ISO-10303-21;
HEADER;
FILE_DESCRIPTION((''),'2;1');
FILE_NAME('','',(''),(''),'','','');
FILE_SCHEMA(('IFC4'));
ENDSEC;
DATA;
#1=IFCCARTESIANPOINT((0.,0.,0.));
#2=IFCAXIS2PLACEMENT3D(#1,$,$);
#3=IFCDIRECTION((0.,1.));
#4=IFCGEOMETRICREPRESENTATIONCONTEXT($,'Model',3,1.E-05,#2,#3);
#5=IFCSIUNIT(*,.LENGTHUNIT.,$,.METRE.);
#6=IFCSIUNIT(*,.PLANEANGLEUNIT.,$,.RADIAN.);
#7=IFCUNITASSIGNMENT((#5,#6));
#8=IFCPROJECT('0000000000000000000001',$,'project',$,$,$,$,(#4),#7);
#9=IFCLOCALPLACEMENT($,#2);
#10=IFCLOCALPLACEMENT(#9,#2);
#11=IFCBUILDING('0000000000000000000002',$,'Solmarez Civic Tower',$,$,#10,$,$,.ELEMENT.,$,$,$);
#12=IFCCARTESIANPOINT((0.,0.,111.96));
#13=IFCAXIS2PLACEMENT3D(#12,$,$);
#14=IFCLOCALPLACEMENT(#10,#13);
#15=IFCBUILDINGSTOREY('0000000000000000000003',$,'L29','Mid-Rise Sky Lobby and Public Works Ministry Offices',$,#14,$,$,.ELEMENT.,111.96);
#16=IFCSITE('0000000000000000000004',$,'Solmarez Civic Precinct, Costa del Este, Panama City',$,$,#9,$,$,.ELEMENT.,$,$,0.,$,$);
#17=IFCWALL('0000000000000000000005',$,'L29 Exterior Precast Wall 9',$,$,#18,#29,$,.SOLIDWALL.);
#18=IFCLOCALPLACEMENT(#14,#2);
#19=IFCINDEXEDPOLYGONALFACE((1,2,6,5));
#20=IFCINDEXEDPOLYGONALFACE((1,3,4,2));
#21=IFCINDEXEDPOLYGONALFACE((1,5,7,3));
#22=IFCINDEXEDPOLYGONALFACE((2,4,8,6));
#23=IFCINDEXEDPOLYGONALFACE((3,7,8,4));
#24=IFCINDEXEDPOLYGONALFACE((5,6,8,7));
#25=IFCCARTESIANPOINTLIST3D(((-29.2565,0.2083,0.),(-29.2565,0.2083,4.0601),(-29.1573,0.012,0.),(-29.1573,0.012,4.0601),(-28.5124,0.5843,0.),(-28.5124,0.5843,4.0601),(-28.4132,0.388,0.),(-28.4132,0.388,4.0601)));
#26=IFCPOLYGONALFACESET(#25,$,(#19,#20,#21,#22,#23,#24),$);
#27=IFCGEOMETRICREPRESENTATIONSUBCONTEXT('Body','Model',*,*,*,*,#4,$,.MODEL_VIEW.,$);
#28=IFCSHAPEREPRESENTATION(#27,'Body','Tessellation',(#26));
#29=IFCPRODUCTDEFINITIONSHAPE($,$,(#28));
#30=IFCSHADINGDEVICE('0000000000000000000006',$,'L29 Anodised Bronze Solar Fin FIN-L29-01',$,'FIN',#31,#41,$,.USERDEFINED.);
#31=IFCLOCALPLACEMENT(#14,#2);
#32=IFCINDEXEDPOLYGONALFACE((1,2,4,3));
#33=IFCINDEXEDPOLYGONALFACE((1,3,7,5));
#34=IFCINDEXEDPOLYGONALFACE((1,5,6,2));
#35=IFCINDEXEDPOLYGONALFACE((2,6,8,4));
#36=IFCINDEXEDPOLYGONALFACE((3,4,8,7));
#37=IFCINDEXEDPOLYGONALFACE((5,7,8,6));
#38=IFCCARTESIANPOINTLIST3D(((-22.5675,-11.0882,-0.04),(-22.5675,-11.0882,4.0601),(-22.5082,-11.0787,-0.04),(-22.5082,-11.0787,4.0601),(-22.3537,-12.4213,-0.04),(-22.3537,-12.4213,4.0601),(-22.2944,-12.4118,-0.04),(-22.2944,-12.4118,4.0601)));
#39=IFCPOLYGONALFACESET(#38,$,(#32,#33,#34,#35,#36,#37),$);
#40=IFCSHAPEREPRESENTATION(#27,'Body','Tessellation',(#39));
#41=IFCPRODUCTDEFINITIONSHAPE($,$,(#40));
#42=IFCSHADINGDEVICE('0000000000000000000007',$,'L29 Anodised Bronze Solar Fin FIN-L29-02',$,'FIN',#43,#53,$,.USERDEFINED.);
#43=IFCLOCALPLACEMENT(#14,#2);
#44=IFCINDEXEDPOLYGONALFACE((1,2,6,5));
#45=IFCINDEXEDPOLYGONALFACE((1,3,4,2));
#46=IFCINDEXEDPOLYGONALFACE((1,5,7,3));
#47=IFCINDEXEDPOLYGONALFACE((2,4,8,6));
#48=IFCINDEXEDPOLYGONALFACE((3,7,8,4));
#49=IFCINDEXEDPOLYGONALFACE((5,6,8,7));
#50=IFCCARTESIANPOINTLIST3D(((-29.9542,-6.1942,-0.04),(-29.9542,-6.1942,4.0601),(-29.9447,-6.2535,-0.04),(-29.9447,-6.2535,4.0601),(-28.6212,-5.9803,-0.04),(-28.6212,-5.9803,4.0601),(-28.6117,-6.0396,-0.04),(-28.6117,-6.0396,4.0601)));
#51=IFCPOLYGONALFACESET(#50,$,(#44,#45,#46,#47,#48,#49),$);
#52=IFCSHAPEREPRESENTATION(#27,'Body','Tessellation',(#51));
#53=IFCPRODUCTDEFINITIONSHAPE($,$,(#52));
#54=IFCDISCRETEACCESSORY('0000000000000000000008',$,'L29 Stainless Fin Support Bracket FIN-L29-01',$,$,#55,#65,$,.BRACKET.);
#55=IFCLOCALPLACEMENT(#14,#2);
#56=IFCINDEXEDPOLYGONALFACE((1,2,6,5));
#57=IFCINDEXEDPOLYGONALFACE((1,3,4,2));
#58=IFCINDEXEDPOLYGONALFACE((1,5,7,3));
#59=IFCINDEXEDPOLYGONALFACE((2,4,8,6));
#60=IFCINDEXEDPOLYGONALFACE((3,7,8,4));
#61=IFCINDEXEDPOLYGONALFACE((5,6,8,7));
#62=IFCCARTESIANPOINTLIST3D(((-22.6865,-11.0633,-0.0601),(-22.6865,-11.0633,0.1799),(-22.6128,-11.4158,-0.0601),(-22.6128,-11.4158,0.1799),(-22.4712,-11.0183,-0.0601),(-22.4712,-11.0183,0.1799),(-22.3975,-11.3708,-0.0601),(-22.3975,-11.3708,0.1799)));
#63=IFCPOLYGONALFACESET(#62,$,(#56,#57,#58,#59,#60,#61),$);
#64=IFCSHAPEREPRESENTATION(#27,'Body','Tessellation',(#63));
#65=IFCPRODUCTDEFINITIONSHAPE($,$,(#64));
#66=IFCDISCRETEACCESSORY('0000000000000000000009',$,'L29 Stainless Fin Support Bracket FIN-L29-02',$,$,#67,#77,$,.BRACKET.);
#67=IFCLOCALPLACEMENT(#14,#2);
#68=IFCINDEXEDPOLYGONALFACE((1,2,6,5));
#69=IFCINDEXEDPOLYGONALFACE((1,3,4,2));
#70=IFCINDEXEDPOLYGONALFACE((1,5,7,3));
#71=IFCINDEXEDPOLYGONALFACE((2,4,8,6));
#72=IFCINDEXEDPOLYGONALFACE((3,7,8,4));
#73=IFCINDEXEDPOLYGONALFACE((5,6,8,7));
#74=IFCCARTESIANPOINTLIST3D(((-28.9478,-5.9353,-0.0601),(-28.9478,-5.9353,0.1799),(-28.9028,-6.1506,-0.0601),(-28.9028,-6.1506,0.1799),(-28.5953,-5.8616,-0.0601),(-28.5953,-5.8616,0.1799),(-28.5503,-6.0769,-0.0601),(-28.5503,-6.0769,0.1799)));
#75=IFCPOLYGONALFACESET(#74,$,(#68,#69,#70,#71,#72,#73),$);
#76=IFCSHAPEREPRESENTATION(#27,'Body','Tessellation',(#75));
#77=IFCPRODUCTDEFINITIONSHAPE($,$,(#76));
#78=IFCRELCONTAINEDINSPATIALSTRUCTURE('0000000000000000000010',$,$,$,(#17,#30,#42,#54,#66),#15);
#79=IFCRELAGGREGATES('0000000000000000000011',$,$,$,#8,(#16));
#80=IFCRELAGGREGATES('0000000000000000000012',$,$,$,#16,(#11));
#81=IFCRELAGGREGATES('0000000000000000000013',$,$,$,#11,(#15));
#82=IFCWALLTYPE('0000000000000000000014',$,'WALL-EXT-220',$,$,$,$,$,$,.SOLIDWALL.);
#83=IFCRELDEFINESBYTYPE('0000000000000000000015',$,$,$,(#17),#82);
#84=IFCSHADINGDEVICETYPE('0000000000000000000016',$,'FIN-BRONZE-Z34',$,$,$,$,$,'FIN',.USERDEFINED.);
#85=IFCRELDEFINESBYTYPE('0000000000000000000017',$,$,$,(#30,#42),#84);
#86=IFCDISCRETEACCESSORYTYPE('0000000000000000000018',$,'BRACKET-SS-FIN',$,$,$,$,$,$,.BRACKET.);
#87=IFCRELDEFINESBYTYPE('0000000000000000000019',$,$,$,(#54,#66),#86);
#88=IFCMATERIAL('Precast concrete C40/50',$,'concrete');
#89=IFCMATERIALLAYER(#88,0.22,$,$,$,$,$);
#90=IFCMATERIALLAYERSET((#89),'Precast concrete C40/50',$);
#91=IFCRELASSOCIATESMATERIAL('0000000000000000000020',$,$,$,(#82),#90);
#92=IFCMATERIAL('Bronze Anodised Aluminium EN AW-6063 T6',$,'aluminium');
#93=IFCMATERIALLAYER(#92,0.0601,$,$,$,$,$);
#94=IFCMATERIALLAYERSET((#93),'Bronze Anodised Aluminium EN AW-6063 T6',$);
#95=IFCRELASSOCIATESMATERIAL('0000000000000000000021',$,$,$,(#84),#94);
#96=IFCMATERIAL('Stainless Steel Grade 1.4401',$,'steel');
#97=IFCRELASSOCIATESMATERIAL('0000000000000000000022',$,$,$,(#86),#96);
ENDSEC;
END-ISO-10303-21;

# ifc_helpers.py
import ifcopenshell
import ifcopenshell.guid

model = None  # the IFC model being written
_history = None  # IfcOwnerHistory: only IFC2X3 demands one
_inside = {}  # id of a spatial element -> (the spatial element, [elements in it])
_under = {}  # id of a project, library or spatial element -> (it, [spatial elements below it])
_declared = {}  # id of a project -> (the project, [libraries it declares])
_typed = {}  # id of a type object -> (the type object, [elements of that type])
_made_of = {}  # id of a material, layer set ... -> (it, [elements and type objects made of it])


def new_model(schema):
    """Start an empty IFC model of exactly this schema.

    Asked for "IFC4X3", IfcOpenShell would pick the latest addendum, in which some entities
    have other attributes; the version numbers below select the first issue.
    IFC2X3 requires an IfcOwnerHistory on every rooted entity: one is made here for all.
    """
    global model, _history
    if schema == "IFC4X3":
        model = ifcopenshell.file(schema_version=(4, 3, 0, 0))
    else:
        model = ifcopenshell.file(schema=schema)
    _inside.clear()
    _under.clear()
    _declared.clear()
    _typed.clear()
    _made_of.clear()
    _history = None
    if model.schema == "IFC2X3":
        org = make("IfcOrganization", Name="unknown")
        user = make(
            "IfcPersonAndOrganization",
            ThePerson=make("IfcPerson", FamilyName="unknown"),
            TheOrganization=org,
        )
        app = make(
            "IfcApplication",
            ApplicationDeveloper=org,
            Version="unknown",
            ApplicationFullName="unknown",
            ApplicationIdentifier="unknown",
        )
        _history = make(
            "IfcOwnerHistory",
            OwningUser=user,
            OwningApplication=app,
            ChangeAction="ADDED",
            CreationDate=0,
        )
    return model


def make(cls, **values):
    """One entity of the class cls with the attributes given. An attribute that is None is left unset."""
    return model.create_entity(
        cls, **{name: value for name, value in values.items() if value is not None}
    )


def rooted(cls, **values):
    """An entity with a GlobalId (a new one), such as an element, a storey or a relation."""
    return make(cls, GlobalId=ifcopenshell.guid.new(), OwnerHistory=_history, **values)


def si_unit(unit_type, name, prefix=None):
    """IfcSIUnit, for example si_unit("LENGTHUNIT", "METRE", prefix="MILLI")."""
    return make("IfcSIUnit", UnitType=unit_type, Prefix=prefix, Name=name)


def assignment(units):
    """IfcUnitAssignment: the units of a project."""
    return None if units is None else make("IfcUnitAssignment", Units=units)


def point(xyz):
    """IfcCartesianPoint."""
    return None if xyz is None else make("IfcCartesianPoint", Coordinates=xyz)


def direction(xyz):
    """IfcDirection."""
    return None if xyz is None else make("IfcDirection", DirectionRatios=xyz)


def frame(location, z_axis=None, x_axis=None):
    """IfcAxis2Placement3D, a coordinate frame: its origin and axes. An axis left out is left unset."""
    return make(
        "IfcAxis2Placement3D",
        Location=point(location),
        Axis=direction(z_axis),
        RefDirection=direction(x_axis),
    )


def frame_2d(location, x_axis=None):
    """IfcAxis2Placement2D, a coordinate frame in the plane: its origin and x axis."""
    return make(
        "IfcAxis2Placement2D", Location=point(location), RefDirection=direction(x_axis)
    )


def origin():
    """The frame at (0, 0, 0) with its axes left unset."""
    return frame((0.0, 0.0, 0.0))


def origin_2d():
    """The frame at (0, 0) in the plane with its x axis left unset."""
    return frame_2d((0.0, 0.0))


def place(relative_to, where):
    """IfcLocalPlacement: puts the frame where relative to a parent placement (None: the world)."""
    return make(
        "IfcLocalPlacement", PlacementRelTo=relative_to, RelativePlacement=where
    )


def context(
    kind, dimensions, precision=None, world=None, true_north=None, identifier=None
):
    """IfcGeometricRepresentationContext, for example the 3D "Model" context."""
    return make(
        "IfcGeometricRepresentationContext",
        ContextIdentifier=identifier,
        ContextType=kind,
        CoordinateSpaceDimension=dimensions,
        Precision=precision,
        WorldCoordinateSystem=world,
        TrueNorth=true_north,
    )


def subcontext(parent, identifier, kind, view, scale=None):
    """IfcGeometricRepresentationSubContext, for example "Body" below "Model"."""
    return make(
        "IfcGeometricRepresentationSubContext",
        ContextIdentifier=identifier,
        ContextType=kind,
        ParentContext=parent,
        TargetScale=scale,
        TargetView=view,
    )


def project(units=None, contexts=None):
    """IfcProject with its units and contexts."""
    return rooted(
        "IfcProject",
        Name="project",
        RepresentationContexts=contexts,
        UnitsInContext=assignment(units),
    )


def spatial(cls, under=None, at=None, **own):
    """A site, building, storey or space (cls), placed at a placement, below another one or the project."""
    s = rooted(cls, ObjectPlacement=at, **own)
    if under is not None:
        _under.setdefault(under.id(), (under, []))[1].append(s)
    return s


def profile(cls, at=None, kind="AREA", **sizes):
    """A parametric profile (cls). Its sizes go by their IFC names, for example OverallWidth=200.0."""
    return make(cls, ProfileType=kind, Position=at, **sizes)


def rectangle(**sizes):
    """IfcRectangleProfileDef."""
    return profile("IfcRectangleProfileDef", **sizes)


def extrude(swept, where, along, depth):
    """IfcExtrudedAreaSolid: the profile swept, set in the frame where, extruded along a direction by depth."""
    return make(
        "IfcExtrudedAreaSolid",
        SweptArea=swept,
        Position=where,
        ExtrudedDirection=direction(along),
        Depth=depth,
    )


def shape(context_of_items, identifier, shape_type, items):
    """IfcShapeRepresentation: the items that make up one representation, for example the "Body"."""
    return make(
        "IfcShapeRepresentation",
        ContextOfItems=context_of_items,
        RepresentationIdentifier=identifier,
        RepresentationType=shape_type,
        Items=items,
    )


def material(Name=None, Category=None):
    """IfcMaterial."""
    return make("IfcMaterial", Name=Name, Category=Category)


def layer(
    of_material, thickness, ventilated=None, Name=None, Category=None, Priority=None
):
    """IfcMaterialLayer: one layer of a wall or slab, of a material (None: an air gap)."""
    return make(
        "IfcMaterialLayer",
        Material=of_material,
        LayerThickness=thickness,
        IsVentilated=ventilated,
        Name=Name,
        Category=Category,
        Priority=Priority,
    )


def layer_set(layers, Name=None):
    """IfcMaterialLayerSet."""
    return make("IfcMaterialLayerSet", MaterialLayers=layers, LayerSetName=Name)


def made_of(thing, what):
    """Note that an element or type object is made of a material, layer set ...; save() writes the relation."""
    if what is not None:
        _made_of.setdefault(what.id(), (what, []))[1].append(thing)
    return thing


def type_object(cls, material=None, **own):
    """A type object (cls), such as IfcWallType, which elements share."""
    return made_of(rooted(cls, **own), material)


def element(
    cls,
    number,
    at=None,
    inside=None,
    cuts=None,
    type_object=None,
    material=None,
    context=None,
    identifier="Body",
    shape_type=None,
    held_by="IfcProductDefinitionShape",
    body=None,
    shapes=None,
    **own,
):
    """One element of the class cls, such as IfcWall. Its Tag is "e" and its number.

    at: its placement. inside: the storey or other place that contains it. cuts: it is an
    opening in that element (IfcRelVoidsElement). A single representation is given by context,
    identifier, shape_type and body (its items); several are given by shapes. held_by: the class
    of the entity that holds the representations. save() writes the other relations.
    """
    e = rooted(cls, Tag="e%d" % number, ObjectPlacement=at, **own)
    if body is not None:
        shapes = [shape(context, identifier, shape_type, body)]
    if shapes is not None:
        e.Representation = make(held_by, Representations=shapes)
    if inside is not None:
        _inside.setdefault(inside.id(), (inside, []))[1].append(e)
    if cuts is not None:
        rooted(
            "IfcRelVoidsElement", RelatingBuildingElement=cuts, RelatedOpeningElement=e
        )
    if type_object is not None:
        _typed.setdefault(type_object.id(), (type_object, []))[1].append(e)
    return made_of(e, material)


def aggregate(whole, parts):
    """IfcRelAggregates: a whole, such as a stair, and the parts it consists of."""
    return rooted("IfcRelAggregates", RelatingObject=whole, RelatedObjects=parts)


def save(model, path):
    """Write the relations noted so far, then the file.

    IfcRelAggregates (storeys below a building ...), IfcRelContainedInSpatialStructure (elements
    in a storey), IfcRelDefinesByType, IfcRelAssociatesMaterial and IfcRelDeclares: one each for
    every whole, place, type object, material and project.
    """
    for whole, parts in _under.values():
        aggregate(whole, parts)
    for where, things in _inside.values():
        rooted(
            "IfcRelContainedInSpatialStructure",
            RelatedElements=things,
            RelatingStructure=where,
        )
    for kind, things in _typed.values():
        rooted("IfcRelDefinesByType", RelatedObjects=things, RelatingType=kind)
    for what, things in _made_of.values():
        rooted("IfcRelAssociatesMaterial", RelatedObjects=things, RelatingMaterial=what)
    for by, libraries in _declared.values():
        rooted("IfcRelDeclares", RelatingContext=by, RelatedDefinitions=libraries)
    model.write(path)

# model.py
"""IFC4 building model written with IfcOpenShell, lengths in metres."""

from ifc_helpers import new_model, si_unit, direction, frame, frame_2d, origin, origin_2d, place, context, subcontext, project, spatial, rectangle, extrude, material, layer, layer_set, type_object, element, save


model = new_model("IFC4")

# Units and contexts
model_context = context("Model", 3, precision=1e-05, world=origin(), true_north=direction((0.0, 1.0)))
body_context = subcontext(model_context, "Body", "Model", "MODEL_VIEW")
ifc_project = project(units=[si_unit("LENGTHUNIT", "METRE"), si_unit("PLANEANGLEUNIT", "RADIAN")], contexts=[model_context])

# Site, building, storey
site_placement = place(None, origin())
site = spatial("IfcSite", under=ifc_project, at=site_placement, Name="Solmarez Civic Precinct, Costa del Este, Panama City", CompositionType="ELEMENT", RefElevation=0.0)
building_placement = place(site_placement, origin())
building = spatial("IfcBuilding", under=site, at=building_placement, Name="Solmarez Civic Tower", CompositionType="ELEMENT")
storey_placement = place(building_placement, frame((0.0, 0.0, 111.96)))
storey = spatial("IfcBuildingStorey", under=building, at=storey_placement, Name="L29", Description="Mid-Rise Sky Lobby and Public Works Ministry Offices", CompositionType="ELEMENT", Elevation=111.96)

# Shared definitions
ifc_material_1 = material(Name="Bronze Anodised Aluminium EN AW-6063 T6", Category="aluminium")

# Wall
ifc_material_2 = material(Name="Precast concrete C40/50", Category="concrete")
ifc_layer_1 = layer(ifc_material_2, 0.22)
ifc_layer_set_1 = layer_set([ifc_layer_1], Name="Precast concrete C40/50")
wall_type = type_object("IfcWallType", Name="WALL-EXT-220", PredefinedType="SOLIDWALL", material=ifc_layer_set_1)
wall_1_placement = place(storey_placement, frame((-29.207, 0.1101, 0.0), z_axis=(0.0, 0.0, 1.0), x_axis=(0.892545, 0.450958, 0.0)))
element("IfcWall", 1, at=wall_1_placement, inside=storey, type_object=wall_type, Name="L29 Exterior Precast Wall 9", PredefinedType="SOLIDWALL", context=body_context, shape_type="SweptSolid", body=[
    extrude(rectangle(XDim=0.8337, YDim=0.22, at=frame_2d((0.417, 0.0))), origin(), (0.0, 0.0, 1.0), 4.0601),
])

# Shading devices
ifc_layer_2 = layer(ifc_material_1, 0.0601)
ifc_layer_set_2 = layer_set([ifc_layer_2], Name="Bronze Anodised Aluminium EN AW-6063 T6")
shading_device_type = type_object("IfcShadingDeviceType", Name="FIN-BRONZE-Z34", ElementType="FIN", PredefinedType="USERDEFINED", material=ifc_layer_set_2)
for number, where, z_axis, x_axis, name in (
    (2, (-22.4309, -11.75, -0.04), (0.0, 0.0, 1.0), (0.158365, -0.987381, 0.0), "L29 Anodised Bronze Solar Fin FIN-L29-01"),
    (3, (-29.283, -6.1169, -0.04), (0.0, 0.0, 1.0), (-0.98737, -0.158434, 0.0), "L29 Anodised Bronze Solar Fin FIN-L29-02"),
):
    element("IfcShadingDevice", number, at=place(storey_placement, frame(where, z_axis=z_axis, x_axis=x_axis)), inside=storey, type_object=shading_device_type, Name=name, ObjectType="FIN", PredefinedType="USERDEFINED", context=body_context, shape_type="SweptSolid", body=[
        extrude(rectangle(XDim=1.3501, YDim=0.0601, at=origin_2d()), origin(), (0.0, 0.0, 1.0), 4.1001),
    ])

# Discrete accessories
ifc_material_3 = material(Name="Stainless Steel Grade 1.4401", Category="steel")
discrete_accessory_type = type_object("IfcDiscreteAccessoryType", Name="BRACKET-SS-FIN", PredefinedType="BRACKET", material=ifc_material_3)
for number, where, z_axis, x_axis, name in (
    (4, (-22.542, -11.217, -0.0601), (0.0, 0.0, 1.0), (0.204496, -0.978867, 0.0), "L29 Stainless Fin Support Bracket FIN-L29-01"),
    (5, (-28.749, -6.0061, -0.0601), (0.0, 0.0, 1.0), (-0.978852, -0.204568, 0.0), "L29 Stainless Fin Support Bracket FIN-L29-02"),
):
    element("IfcDiscreteAccessory", number, at=place(storey_placement, frame(where, z_axis=z_axis, x_axis=x_axis)), inside=storey, type_object=discrete_accessory_type, Name=name, PredefinedType="BRACKET", context=body_context, shape_type="SweptSolid", body=[
        extrude(rectangle(XDim=0.3601, YDim=0.22, at=origin_2d()), origin(), (0.0, 0.0, 1.0), 0.24),
    ])

save(model, "model.ifc")
